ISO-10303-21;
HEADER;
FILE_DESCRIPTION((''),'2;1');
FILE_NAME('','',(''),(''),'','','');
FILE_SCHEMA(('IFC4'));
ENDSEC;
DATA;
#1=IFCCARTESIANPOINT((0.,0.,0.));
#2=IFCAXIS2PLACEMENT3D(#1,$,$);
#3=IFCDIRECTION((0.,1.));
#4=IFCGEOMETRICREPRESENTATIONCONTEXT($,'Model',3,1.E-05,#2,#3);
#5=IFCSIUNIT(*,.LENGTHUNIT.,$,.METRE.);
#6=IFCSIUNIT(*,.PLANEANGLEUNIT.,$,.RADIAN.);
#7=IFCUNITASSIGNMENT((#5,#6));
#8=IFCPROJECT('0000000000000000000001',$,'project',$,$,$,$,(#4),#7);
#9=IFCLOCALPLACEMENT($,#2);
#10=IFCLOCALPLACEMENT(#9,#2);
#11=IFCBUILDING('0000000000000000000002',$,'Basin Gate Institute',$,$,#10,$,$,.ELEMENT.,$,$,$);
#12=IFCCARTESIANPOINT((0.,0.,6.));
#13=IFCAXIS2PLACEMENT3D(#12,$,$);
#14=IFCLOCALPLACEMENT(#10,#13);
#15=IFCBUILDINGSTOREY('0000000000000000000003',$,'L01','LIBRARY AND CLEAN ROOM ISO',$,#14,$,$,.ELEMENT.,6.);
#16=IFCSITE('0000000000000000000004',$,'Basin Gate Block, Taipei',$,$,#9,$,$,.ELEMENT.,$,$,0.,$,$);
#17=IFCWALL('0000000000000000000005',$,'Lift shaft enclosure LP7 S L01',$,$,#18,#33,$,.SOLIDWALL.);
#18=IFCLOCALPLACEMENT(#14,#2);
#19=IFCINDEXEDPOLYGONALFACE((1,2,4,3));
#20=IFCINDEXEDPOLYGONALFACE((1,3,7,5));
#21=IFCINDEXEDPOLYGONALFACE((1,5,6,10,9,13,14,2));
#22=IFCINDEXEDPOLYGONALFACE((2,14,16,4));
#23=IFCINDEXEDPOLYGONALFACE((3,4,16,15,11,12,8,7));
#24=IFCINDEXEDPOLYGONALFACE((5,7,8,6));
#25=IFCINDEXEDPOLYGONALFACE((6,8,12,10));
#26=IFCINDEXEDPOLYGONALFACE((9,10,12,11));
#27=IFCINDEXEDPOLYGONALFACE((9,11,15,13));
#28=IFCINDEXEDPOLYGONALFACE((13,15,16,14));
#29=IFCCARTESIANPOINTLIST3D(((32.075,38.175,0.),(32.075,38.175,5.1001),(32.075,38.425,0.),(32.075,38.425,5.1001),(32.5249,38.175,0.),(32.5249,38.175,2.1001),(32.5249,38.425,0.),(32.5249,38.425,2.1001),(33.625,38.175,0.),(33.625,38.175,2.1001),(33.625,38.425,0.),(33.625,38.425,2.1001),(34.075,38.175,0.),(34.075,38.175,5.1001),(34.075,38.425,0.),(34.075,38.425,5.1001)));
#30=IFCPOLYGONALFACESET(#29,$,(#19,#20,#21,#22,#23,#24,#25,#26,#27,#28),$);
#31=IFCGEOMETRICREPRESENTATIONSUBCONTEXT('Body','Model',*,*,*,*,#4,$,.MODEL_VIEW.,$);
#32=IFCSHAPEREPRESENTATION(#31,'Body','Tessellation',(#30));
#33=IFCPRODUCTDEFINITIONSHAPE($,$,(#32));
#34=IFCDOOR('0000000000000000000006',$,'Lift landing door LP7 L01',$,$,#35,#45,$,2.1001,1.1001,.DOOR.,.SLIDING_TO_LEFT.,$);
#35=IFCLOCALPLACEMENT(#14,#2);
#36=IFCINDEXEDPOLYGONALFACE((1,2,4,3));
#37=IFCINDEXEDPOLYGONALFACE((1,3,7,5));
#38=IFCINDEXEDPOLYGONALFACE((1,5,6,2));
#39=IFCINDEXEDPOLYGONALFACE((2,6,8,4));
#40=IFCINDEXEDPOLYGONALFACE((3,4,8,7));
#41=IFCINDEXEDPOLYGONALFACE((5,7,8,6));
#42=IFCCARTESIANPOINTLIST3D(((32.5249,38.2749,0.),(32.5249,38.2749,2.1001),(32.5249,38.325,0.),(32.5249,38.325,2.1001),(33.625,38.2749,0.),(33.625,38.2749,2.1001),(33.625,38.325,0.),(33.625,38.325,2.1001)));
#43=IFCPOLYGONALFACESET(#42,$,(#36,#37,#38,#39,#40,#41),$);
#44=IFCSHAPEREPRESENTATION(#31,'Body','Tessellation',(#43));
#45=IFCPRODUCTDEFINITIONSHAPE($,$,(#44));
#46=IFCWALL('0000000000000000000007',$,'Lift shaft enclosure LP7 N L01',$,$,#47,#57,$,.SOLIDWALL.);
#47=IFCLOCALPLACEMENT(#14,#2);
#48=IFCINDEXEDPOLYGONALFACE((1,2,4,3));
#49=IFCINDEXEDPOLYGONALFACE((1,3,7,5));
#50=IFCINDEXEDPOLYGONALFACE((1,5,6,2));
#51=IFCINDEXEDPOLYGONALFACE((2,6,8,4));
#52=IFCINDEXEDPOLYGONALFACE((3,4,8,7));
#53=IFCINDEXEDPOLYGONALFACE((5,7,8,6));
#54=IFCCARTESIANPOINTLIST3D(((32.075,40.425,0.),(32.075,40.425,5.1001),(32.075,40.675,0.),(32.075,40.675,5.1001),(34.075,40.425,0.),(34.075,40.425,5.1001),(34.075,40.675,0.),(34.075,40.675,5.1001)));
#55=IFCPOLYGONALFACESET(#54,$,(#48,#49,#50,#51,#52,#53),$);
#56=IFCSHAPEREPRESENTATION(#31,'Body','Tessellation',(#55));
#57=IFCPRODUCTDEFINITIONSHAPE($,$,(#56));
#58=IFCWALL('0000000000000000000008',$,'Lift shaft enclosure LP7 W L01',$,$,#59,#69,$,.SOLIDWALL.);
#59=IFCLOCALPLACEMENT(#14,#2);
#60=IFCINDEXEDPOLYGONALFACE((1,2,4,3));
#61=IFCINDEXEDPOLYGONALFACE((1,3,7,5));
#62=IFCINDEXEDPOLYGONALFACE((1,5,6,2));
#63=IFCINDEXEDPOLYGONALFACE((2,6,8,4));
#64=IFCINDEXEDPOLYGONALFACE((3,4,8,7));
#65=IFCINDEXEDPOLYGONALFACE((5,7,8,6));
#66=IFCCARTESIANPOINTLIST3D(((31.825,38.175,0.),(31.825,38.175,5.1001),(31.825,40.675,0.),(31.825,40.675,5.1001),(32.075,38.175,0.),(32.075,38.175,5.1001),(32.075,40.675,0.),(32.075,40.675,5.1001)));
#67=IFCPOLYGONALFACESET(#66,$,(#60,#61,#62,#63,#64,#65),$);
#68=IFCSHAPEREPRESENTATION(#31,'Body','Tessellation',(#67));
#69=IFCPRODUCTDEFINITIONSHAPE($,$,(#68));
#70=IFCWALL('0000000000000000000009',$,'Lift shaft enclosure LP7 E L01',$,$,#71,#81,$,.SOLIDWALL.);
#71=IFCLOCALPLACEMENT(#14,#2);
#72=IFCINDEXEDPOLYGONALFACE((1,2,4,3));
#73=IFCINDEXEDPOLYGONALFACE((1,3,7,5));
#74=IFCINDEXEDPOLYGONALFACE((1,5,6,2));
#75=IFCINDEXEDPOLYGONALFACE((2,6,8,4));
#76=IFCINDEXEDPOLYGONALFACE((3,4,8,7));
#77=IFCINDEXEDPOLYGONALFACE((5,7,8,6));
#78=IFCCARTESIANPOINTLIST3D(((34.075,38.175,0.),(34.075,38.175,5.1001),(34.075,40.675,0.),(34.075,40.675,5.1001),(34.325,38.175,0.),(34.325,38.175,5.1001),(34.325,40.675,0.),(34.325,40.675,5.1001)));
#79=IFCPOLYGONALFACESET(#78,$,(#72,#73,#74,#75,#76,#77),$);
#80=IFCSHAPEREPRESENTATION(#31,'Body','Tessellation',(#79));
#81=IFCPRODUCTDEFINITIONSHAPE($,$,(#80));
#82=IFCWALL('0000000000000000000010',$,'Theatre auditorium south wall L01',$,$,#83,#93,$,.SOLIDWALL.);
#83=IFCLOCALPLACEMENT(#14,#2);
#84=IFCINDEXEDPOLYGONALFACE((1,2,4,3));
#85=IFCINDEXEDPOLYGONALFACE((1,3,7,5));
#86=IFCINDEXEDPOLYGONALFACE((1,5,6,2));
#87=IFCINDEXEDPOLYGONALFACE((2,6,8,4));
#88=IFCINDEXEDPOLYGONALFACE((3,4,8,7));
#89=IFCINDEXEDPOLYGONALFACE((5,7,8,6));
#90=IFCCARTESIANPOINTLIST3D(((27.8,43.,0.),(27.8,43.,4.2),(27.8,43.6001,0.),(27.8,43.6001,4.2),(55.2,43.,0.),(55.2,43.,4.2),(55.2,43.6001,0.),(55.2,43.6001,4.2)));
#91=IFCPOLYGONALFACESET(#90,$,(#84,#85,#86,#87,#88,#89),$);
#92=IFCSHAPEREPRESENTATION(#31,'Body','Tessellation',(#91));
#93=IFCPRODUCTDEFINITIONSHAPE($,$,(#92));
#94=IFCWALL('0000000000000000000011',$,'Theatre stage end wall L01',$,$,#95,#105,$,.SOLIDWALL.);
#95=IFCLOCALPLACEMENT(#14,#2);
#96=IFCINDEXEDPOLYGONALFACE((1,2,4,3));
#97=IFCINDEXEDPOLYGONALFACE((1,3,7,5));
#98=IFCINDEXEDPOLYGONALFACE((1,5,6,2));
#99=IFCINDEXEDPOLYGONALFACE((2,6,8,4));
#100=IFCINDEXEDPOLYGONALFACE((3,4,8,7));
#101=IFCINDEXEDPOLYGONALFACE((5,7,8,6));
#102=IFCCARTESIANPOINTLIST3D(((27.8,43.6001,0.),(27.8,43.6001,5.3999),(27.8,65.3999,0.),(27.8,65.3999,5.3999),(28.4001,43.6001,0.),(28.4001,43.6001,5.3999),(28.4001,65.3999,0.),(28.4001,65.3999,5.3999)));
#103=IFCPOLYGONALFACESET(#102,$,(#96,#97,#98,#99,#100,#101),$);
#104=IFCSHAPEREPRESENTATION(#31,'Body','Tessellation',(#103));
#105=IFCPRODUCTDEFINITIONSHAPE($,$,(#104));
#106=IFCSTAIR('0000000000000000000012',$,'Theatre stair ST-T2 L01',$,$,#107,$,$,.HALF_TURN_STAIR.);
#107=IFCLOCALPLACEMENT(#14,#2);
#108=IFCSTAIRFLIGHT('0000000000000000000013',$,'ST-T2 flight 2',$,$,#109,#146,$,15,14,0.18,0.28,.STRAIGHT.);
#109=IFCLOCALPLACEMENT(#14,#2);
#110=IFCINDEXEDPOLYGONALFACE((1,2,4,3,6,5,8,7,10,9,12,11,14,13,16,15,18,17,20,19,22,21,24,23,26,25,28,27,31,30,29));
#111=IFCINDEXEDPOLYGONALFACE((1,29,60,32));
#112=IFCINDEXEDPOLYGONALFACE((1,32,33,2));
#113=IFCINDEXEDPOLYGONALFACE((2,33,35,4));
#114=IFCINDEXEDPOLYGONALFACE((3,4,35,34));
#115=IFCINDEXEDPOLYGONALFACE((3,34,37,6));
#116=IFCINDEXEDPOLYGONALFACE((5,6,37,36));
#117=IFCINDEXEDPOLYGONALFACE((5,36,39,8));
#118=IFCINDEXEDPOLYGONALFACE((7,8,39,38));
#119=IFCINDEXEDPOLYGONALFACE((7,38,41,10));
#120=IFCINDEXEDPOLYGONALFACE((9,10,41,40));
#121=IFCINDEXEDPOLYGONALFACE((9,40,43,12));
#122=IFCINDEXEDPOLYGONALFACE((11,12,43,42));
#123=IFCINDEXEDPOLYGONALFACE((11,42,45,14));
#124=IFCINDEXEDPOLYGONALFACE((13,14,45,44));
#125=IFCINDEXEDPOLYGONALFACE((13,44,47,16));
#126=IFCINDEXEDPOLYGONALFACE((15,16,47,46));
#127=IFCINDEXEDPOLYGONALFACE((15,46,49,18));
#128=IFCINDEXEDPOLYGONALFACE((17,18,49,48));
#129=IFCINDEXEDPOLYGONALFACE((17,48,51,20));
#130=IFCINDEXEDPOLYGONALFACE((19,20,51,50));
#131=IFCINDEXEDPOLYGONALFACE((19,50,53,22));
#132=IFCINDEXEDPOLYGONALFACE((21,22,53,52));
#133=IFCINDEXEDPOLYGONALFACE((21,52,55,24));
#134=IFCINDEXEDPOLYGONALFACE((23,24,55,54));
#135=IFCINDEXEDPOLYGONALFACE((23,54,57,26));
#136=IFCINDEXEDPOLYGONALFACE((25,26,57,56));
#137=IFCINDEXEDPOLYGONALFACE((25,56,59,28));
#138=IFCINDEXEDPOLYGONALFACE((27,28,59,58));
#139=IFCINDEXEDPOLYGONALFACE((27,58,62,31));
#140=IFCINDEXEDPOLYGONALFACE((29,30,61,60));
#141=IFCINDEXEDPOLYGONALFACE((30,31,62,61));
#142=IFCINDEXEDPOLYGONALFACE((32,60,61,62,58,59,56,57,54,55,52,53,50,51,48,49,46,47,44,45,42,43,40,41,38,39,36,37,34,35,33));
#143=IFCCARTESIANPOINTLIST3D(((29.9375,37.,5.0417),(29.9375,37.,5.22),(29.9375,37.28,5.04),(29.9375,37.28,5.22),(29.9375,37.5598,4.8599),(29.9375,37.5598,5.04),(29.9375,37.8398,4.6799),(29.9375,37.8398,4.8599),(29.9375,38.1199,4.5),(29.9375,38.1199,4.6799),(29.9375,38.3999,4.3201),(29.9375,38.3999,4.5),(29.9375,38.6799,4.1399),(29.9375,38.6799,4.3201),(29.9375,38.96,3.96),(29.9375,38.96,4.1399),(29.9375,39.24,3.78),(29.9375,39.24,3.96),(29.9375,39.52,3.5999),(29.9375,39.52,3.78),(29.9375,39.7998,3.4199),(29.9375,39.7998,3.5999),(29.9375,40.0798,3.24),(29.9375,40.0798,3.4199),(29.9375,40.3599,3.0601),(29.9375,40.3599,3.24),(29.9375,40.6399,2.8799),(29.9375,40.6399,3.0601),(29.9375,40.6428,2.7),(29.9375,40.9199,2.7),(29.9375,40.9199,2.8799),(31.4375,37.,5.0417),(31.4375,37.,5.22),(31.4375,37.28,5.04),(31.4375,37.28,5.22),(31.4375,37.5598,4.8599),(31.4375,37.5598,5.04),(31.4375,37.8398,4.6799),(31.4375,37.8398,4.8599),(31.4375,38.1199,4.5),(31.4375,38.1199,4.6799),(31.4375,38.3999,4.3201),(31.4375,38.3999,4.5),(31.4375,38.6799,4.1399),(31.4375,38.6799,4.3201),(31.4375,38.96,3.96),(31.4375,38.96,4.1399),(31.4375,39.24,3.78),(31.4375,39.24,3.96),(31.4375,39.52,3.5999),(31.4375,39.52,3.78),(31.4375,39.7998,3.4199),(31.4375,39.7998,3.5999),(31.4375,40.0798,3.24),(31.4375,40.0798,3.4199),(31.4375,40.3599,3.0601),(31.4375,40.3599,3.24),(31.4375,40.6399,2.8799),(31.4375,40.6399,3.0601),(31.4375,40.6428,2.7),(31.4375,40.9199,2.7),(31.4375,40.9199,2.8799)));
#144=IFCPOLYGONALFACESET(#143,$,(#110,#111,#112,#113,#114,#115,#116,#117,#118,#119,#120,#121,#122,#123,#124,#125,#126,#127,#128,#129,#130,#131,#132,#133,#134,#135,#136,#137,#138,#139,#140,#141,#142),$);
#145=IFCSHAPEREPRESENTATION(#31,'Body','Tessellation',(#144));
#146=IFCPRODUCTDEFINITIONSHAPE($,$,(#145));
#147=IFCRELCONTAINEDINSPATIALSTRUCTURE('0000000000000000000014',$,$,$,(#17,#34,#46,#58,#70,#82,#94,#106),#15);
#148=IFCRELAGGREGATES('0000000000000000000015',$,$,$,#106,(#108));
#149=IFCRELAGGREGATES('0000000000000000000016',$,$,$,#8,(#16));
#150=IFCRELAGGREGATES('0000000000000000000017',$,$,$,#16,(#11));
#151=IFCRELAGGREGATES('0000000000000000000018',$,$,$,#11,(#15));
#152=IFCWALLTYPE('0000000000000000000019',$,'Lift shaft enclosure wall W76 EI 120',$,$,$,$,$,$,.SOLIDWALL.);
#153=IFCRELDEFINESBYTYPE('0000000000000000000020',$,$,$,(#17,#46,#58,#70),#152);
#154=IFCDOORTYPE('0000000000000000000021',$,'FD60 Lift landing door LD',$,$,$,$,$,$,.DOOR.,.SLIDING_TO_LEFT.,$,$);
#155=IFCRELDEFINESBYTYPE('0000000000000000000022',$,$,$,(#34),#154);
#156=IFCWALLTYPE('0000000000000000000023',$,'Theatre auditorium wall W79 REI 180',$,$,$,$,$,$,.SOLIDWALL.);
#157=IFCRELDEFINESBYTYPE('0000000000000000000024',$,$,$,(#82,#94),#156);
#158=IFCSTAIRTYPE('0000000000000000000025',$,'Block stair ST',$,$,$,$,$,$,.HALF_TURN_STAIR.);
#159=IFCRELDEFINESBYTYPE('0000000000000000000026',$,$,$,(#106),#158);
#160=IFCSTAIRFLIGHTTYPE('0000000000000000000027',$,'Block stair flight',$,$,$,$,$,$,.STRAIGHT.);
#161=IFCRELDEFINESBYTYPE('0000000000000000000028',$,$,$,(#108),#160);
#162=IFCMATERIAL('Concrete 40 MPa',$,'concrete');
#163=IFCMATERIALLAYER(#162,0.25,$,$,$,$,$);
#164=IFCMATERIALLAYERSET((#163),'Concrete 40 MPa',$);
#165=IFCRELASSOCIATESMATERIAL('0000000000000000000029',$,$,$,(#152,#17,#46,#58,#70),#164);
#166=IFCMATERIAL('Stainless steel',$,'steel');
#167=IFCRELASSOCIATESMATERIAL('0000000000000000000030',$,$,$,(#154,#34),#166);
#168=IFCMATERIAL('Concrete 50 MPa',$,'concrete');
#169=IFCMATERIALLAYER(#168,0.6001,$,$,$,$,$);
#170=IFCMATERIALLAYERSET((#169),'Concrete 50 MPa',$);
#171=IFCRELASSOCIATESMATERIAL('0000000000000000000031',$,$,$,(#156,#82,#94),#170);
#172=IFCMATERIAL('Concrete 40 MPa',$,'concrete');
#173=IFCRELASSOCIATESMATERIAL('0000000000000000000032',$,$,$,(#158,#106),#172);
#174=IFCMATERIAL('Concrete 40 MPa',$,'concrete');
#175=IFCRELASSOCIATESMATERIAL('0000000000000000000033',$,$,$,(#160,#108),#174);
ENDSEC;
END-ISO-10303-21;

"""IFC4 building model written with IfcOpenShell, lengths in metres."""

from ifc_helpers import new_model, si_unit, direction, frame, frame_2d, origin, place, context, subcontext, project, spatial, polyline, rectangle, outline, extrude, material, layer, layer_set, type_object, element, fill, aggregate, save


model = new_model("IFC4")

# Units and contexts
model_context = context("Model", 3, precision=1e-05, world=origin(), true_north=direction((0.0, 1.0)))
body_context = subcontext(model_context, "Body", "Model", "MODEL_VIEW")
ifc_project = project(units=[si_unit("LENGTHUNIT", "METRE"), si_unit("PLANEANGLEUNIT", "RADIAN")], contexts=[model_context])

# Site, building, storey
site_placement = place(None, origin())
site = spatial("IfcSite", under=ifc_project, at=site_placement, Name="Basin Gate Block, Taipei", CompositionType="ELEMENT", RefElevation=0.0)
building_placement = place(site_placement, origin())
building = spatial("IfcBuilding", under=site, at=building_placement, Name="Basin Gate Institute", CompositionType="ELEMENT")
storey_placement = place(building_placement, frame((0.0, 0.0, 6.0)))
storey = spatial("IfcBuildingStorey", under=building, at=storey_placement, Name="L01", Description="LIBRARY AND CLEAN ROOM ISO", CompositionType="ELEMENT", Elevation=6.0)

# Wall, opening, door
ifc_material_1 = material(Name="Concrete 40 MPa", Category="concrete")
ifc_layer_1 = layer(ifc_material_1, 0.25)
ifc_layer_set_1 = layer_set([ifc_layer_1], Name="Concrete 40 MPa")
wall_type_1 = type_object("IfcWallType", Name="Lift shaft enclosure wall W76 EI 120", PredefinedType="SOLIDWALL", material=ifc_layer_set_1)
wall_1_placement = place(storey_placement, frame((32.075, 38.3, 0.0), z_axis=(0.0, 0.0, 1.0), x_axis=(1.0, 0.0, 0.0)))
wall_1 = element("IfcWall", 1, at=wall_1_placement, inside=storey, type_object=wall_type_1, material=ifc_layer_set_1, Name="Lift shaft enclosure LP7 S L01", PredefinedType="SOLIDWALL", context=body_context, shape_type="SweptSolid", body=[
    extrude(rectangle(XDim=2.0, YDim=0.25, at=frame_2d((1.0, 0.0))), origin(), (0.0, 0.0, 1.0), 5.1001),
])
opening_1_placement = place(wall_1_placement, frame((0.45, 0.0, 0.0)))
opening_1 = element("IfcOpeningElement", 2, at=opening_1_placement, cuts=wall_1, PredefinedType="OPENING", context=body_context, shape_type="SweptSolid", body=[
    extrude(rectangle(XDim=1.1001, YDim=2.1001, at=frame_2d((0.55, 1.05))), frame((0.0, 0.135, 0.0), z_axis=(0.0, -1.0, 0.0), x_axis=(1.0, 0.0, 0.0)), (0.0, 0.0, 1.0), 0.27),
])
ifc_material_2 = material(Name="Stainless steel", Category="steel")
door_type_1 = type_object("IfcDoorType", Name="FD60 Lift landing door LD", OperationType="SLIDING_TO_LEFT", PredefinedType="DOOR", material=ifc_material_2)
door_1_placement = place(opening_1_placement, origin())
door_1 = element("IfcDoor", 3, at=door_1_placement, inside=storey, type_object=door_type_1, material=ifc_material_2, Name="Lift landing door LP7 L01", OperationType="SLIDING_TO_LEFT", OverallHeight=2.1001, OverallWidth=1.1001, PredefinedType="DOOR", context=body_context, shape_type="SweptSolid", body=[
    extrude(rectangle(XDim=1.1001, YDim=2.1001, at=frame_2d((0.55, 1.05))), frame((0.0, 0.0249, 0.0), z_axis=(0.0, -1.0, 0.0), x_axis=(1.0, 0.0, 0.0)), (0.0, 0.0, 1.0), 0.05),
])
fill(opening_1, door_1)

# Walls
wall_2_placement = place(storey_placement, frame((32.075, 40.55, 0.0), z_axis=(0.0, 0.0, 1.0), x_axis=(1.0, 0.0, 0.0)))
element("IfcWall", 4, at=wall_2_placement, inside=storey, type_object=wall_type_1, material=ifc_layer_set_1, Name="Lift shaft enclosure LP7 N L01", PredefinedType="SOLIDWALL", context=body_context, shape_type="SweptSolid", body=[
    extrude(rectangle(XDim=2.0, YDim=0.25, at=frame_2d((1.0, 0.0))), origin(), (0.0, 0.0, 1.0), 5.1001),
])
for number, where, z_axis, x_axis, name in (
    (5, (31.95, 38.175, 0.0), (0.0, 0.0, 1.0), (0.0, 1.0, 0.0), "Lift shaft enclosure LP7 W L01"),
    (6, (34.2, 38.175, 0.0), (0.0, 0.0, 1.0), (0.0, 1.0, 0.0), "Lift shaft enclosure LP7 E L01"),
):
    element("IfcWall", number, at=place(storey_placement, frame(where, z_axis=z_axis, x_axis=x_axis)), inside=storey, type_object=wall_type_1, material=ifc_layer_set_1, Name=name, PredefinedType="SOLIDWALL", context=body_context, shape_type="SweptSolid", body=[
        extrude(rectangle(XDim=2.5, YDim=0.25, at=frame_2d((1.25, 0.0))), origin(), (0.0, 0.0, 1.0), 5.1001),
    ])
ifc_material_3 = material(Name="Concrete 50 MPa", Category="concrete")
ifc_layer_2 = layer(ifc_material_3, 0.6001)
ifc_layer_set_2 = layer_set([ifc_layer_2], Name="Concrete 50 MPa")
wall_type_2 = type_object("IfcWallType", Name="Theatre auditorium wall W79 REI 180", PredefinedType="SOLIDWALL", material=ifc_layer_set_2)
wall_3_placement = place(storey_placement, frame((27.8, 43.3, 0.0), z_axis=(0.0, 0.0, 1.0), x_axis=(1.0, 0.0, 0.0)))
element("IfcWall", 7, at=wall_3_placement, inside=storey, type_object=wall_type_2, material=ifc_layer_set_2, Name="Theatre auditorium south wall L01", PredefinedType="SOLIDWALL", context=body_context, shape_type="SweptSolid", body=[
    extrude(rectangle(XDim=27.3999, YDim=0.6001, at=frame_2d((13.7, 0.0))), origin(), (0.0, 0.0, 1.0), 4.2),
])
wall_4_placement = place(storey_placement, frame((28.1001, 43.6001, 0.0), z_axis=(0.0, 0.0, 1.0), x_axis=(0.0, 1.0, 0.0)))
element("IfcWall", 8, at=wall_4_placement, inside=storey, type_object=wall_type_2, material=ifc_layer_set_2, Name="Theatre stage end wall L01", PredefinedType="SOLIDWALL", context=body_context, shape_type="SweptSolid", body=[
    extrude(rectangle(XDim=21.7998, YDim=0.6001, at=frame_2d((10.8999, 0.0))), origin(), (0.0, 0.0, 1.0), 5.3999),
])

# Stair, stair flight
ifc_material_4 = material(Name="Concrete 40 MPa", Category="concrete")
stair_type = type_object("IfcStairType", Name="Block stair ST", PredefinedType="HALF_TURN_STAIR", material=ifc_material_4)
stair_placement = place(storey_placement, origin())
stair = element("IfcStair", 9, at=stair_placement, inside=storey, type_object=stair_type, material=ifc_material_4, Name="Theatre stair ST-T2 L01", PredefinedType="HALF_TURN_STAIR")
ifc_material_5 = material(Name="Concrete 40 MPa", Category="concrete")
stair_flight_type = type_object("IfcStairFlightType", Name="Block stair flight", PredefinedType="STRAIGHT", material=ifc_material_5)
stair_flight_placement = place(storey_placement, frame((30.6875, 40.9199, 2.7), z_axis=(0.0, 0.0, 1.0), x_axis=(0.0, -1.0, 0.0)))
stair_flight = element("IfcStairFlight", 10, at=stair_flight_placement, type_object=stair_flight_type, material=ifc_material_5, Name="ST-T2 flight 2", NumberOfRisers=15, NumberOfTreads=14, PredefinedType="STRAIGHT", RiserHeight=0.18, TreadLength=0.28, context=body_context, shape_type="SweptSolid", body=[
    extrude(outline(polyline([(0.0, 0.0), (0.0, 0.1799), (0.28, 0.1799), (0.28, 0.3601), (0.5601, 0.3601), (0.5601, 0.54), (0.8401, 0.54), (0.8401, 0.72), (1.1201, 0.72), (1.1201, 0.8999), (1.3999, 0.8999), (1.3999, 1.0801), (1.6799, 1.0801), (1.6799, 1.26), (1.96, 1.26), (1.96, 1.4399), (2.24, 1.4399), (2.24, 1.6201), (2.52, 1.6201), (2.52, 1.8), (2.8, 1.8), (2.8, 1.98), (3.0801, 1.98), (3.0801, 2.1599), (3.3601, 2.1599), (3.3601, 2.3401), (3.6399, 2.3401), (3.6399, 2.52), (3.9199, 2.52), (3.9199, 2.7), (3.9199, 2.3418), (0.2771, 0.0), (0.0, 0.0)])), frame((0.0, 0.75, 0.0), z_axis=(0.0, -1.0, 0.0), x_axis=(1.0, 0.0, 0.0)), (0.0, 0.0, 1.0), 1.5),
])
aggregate(stair, [stair_flight])

save(model, "model.ifc")
